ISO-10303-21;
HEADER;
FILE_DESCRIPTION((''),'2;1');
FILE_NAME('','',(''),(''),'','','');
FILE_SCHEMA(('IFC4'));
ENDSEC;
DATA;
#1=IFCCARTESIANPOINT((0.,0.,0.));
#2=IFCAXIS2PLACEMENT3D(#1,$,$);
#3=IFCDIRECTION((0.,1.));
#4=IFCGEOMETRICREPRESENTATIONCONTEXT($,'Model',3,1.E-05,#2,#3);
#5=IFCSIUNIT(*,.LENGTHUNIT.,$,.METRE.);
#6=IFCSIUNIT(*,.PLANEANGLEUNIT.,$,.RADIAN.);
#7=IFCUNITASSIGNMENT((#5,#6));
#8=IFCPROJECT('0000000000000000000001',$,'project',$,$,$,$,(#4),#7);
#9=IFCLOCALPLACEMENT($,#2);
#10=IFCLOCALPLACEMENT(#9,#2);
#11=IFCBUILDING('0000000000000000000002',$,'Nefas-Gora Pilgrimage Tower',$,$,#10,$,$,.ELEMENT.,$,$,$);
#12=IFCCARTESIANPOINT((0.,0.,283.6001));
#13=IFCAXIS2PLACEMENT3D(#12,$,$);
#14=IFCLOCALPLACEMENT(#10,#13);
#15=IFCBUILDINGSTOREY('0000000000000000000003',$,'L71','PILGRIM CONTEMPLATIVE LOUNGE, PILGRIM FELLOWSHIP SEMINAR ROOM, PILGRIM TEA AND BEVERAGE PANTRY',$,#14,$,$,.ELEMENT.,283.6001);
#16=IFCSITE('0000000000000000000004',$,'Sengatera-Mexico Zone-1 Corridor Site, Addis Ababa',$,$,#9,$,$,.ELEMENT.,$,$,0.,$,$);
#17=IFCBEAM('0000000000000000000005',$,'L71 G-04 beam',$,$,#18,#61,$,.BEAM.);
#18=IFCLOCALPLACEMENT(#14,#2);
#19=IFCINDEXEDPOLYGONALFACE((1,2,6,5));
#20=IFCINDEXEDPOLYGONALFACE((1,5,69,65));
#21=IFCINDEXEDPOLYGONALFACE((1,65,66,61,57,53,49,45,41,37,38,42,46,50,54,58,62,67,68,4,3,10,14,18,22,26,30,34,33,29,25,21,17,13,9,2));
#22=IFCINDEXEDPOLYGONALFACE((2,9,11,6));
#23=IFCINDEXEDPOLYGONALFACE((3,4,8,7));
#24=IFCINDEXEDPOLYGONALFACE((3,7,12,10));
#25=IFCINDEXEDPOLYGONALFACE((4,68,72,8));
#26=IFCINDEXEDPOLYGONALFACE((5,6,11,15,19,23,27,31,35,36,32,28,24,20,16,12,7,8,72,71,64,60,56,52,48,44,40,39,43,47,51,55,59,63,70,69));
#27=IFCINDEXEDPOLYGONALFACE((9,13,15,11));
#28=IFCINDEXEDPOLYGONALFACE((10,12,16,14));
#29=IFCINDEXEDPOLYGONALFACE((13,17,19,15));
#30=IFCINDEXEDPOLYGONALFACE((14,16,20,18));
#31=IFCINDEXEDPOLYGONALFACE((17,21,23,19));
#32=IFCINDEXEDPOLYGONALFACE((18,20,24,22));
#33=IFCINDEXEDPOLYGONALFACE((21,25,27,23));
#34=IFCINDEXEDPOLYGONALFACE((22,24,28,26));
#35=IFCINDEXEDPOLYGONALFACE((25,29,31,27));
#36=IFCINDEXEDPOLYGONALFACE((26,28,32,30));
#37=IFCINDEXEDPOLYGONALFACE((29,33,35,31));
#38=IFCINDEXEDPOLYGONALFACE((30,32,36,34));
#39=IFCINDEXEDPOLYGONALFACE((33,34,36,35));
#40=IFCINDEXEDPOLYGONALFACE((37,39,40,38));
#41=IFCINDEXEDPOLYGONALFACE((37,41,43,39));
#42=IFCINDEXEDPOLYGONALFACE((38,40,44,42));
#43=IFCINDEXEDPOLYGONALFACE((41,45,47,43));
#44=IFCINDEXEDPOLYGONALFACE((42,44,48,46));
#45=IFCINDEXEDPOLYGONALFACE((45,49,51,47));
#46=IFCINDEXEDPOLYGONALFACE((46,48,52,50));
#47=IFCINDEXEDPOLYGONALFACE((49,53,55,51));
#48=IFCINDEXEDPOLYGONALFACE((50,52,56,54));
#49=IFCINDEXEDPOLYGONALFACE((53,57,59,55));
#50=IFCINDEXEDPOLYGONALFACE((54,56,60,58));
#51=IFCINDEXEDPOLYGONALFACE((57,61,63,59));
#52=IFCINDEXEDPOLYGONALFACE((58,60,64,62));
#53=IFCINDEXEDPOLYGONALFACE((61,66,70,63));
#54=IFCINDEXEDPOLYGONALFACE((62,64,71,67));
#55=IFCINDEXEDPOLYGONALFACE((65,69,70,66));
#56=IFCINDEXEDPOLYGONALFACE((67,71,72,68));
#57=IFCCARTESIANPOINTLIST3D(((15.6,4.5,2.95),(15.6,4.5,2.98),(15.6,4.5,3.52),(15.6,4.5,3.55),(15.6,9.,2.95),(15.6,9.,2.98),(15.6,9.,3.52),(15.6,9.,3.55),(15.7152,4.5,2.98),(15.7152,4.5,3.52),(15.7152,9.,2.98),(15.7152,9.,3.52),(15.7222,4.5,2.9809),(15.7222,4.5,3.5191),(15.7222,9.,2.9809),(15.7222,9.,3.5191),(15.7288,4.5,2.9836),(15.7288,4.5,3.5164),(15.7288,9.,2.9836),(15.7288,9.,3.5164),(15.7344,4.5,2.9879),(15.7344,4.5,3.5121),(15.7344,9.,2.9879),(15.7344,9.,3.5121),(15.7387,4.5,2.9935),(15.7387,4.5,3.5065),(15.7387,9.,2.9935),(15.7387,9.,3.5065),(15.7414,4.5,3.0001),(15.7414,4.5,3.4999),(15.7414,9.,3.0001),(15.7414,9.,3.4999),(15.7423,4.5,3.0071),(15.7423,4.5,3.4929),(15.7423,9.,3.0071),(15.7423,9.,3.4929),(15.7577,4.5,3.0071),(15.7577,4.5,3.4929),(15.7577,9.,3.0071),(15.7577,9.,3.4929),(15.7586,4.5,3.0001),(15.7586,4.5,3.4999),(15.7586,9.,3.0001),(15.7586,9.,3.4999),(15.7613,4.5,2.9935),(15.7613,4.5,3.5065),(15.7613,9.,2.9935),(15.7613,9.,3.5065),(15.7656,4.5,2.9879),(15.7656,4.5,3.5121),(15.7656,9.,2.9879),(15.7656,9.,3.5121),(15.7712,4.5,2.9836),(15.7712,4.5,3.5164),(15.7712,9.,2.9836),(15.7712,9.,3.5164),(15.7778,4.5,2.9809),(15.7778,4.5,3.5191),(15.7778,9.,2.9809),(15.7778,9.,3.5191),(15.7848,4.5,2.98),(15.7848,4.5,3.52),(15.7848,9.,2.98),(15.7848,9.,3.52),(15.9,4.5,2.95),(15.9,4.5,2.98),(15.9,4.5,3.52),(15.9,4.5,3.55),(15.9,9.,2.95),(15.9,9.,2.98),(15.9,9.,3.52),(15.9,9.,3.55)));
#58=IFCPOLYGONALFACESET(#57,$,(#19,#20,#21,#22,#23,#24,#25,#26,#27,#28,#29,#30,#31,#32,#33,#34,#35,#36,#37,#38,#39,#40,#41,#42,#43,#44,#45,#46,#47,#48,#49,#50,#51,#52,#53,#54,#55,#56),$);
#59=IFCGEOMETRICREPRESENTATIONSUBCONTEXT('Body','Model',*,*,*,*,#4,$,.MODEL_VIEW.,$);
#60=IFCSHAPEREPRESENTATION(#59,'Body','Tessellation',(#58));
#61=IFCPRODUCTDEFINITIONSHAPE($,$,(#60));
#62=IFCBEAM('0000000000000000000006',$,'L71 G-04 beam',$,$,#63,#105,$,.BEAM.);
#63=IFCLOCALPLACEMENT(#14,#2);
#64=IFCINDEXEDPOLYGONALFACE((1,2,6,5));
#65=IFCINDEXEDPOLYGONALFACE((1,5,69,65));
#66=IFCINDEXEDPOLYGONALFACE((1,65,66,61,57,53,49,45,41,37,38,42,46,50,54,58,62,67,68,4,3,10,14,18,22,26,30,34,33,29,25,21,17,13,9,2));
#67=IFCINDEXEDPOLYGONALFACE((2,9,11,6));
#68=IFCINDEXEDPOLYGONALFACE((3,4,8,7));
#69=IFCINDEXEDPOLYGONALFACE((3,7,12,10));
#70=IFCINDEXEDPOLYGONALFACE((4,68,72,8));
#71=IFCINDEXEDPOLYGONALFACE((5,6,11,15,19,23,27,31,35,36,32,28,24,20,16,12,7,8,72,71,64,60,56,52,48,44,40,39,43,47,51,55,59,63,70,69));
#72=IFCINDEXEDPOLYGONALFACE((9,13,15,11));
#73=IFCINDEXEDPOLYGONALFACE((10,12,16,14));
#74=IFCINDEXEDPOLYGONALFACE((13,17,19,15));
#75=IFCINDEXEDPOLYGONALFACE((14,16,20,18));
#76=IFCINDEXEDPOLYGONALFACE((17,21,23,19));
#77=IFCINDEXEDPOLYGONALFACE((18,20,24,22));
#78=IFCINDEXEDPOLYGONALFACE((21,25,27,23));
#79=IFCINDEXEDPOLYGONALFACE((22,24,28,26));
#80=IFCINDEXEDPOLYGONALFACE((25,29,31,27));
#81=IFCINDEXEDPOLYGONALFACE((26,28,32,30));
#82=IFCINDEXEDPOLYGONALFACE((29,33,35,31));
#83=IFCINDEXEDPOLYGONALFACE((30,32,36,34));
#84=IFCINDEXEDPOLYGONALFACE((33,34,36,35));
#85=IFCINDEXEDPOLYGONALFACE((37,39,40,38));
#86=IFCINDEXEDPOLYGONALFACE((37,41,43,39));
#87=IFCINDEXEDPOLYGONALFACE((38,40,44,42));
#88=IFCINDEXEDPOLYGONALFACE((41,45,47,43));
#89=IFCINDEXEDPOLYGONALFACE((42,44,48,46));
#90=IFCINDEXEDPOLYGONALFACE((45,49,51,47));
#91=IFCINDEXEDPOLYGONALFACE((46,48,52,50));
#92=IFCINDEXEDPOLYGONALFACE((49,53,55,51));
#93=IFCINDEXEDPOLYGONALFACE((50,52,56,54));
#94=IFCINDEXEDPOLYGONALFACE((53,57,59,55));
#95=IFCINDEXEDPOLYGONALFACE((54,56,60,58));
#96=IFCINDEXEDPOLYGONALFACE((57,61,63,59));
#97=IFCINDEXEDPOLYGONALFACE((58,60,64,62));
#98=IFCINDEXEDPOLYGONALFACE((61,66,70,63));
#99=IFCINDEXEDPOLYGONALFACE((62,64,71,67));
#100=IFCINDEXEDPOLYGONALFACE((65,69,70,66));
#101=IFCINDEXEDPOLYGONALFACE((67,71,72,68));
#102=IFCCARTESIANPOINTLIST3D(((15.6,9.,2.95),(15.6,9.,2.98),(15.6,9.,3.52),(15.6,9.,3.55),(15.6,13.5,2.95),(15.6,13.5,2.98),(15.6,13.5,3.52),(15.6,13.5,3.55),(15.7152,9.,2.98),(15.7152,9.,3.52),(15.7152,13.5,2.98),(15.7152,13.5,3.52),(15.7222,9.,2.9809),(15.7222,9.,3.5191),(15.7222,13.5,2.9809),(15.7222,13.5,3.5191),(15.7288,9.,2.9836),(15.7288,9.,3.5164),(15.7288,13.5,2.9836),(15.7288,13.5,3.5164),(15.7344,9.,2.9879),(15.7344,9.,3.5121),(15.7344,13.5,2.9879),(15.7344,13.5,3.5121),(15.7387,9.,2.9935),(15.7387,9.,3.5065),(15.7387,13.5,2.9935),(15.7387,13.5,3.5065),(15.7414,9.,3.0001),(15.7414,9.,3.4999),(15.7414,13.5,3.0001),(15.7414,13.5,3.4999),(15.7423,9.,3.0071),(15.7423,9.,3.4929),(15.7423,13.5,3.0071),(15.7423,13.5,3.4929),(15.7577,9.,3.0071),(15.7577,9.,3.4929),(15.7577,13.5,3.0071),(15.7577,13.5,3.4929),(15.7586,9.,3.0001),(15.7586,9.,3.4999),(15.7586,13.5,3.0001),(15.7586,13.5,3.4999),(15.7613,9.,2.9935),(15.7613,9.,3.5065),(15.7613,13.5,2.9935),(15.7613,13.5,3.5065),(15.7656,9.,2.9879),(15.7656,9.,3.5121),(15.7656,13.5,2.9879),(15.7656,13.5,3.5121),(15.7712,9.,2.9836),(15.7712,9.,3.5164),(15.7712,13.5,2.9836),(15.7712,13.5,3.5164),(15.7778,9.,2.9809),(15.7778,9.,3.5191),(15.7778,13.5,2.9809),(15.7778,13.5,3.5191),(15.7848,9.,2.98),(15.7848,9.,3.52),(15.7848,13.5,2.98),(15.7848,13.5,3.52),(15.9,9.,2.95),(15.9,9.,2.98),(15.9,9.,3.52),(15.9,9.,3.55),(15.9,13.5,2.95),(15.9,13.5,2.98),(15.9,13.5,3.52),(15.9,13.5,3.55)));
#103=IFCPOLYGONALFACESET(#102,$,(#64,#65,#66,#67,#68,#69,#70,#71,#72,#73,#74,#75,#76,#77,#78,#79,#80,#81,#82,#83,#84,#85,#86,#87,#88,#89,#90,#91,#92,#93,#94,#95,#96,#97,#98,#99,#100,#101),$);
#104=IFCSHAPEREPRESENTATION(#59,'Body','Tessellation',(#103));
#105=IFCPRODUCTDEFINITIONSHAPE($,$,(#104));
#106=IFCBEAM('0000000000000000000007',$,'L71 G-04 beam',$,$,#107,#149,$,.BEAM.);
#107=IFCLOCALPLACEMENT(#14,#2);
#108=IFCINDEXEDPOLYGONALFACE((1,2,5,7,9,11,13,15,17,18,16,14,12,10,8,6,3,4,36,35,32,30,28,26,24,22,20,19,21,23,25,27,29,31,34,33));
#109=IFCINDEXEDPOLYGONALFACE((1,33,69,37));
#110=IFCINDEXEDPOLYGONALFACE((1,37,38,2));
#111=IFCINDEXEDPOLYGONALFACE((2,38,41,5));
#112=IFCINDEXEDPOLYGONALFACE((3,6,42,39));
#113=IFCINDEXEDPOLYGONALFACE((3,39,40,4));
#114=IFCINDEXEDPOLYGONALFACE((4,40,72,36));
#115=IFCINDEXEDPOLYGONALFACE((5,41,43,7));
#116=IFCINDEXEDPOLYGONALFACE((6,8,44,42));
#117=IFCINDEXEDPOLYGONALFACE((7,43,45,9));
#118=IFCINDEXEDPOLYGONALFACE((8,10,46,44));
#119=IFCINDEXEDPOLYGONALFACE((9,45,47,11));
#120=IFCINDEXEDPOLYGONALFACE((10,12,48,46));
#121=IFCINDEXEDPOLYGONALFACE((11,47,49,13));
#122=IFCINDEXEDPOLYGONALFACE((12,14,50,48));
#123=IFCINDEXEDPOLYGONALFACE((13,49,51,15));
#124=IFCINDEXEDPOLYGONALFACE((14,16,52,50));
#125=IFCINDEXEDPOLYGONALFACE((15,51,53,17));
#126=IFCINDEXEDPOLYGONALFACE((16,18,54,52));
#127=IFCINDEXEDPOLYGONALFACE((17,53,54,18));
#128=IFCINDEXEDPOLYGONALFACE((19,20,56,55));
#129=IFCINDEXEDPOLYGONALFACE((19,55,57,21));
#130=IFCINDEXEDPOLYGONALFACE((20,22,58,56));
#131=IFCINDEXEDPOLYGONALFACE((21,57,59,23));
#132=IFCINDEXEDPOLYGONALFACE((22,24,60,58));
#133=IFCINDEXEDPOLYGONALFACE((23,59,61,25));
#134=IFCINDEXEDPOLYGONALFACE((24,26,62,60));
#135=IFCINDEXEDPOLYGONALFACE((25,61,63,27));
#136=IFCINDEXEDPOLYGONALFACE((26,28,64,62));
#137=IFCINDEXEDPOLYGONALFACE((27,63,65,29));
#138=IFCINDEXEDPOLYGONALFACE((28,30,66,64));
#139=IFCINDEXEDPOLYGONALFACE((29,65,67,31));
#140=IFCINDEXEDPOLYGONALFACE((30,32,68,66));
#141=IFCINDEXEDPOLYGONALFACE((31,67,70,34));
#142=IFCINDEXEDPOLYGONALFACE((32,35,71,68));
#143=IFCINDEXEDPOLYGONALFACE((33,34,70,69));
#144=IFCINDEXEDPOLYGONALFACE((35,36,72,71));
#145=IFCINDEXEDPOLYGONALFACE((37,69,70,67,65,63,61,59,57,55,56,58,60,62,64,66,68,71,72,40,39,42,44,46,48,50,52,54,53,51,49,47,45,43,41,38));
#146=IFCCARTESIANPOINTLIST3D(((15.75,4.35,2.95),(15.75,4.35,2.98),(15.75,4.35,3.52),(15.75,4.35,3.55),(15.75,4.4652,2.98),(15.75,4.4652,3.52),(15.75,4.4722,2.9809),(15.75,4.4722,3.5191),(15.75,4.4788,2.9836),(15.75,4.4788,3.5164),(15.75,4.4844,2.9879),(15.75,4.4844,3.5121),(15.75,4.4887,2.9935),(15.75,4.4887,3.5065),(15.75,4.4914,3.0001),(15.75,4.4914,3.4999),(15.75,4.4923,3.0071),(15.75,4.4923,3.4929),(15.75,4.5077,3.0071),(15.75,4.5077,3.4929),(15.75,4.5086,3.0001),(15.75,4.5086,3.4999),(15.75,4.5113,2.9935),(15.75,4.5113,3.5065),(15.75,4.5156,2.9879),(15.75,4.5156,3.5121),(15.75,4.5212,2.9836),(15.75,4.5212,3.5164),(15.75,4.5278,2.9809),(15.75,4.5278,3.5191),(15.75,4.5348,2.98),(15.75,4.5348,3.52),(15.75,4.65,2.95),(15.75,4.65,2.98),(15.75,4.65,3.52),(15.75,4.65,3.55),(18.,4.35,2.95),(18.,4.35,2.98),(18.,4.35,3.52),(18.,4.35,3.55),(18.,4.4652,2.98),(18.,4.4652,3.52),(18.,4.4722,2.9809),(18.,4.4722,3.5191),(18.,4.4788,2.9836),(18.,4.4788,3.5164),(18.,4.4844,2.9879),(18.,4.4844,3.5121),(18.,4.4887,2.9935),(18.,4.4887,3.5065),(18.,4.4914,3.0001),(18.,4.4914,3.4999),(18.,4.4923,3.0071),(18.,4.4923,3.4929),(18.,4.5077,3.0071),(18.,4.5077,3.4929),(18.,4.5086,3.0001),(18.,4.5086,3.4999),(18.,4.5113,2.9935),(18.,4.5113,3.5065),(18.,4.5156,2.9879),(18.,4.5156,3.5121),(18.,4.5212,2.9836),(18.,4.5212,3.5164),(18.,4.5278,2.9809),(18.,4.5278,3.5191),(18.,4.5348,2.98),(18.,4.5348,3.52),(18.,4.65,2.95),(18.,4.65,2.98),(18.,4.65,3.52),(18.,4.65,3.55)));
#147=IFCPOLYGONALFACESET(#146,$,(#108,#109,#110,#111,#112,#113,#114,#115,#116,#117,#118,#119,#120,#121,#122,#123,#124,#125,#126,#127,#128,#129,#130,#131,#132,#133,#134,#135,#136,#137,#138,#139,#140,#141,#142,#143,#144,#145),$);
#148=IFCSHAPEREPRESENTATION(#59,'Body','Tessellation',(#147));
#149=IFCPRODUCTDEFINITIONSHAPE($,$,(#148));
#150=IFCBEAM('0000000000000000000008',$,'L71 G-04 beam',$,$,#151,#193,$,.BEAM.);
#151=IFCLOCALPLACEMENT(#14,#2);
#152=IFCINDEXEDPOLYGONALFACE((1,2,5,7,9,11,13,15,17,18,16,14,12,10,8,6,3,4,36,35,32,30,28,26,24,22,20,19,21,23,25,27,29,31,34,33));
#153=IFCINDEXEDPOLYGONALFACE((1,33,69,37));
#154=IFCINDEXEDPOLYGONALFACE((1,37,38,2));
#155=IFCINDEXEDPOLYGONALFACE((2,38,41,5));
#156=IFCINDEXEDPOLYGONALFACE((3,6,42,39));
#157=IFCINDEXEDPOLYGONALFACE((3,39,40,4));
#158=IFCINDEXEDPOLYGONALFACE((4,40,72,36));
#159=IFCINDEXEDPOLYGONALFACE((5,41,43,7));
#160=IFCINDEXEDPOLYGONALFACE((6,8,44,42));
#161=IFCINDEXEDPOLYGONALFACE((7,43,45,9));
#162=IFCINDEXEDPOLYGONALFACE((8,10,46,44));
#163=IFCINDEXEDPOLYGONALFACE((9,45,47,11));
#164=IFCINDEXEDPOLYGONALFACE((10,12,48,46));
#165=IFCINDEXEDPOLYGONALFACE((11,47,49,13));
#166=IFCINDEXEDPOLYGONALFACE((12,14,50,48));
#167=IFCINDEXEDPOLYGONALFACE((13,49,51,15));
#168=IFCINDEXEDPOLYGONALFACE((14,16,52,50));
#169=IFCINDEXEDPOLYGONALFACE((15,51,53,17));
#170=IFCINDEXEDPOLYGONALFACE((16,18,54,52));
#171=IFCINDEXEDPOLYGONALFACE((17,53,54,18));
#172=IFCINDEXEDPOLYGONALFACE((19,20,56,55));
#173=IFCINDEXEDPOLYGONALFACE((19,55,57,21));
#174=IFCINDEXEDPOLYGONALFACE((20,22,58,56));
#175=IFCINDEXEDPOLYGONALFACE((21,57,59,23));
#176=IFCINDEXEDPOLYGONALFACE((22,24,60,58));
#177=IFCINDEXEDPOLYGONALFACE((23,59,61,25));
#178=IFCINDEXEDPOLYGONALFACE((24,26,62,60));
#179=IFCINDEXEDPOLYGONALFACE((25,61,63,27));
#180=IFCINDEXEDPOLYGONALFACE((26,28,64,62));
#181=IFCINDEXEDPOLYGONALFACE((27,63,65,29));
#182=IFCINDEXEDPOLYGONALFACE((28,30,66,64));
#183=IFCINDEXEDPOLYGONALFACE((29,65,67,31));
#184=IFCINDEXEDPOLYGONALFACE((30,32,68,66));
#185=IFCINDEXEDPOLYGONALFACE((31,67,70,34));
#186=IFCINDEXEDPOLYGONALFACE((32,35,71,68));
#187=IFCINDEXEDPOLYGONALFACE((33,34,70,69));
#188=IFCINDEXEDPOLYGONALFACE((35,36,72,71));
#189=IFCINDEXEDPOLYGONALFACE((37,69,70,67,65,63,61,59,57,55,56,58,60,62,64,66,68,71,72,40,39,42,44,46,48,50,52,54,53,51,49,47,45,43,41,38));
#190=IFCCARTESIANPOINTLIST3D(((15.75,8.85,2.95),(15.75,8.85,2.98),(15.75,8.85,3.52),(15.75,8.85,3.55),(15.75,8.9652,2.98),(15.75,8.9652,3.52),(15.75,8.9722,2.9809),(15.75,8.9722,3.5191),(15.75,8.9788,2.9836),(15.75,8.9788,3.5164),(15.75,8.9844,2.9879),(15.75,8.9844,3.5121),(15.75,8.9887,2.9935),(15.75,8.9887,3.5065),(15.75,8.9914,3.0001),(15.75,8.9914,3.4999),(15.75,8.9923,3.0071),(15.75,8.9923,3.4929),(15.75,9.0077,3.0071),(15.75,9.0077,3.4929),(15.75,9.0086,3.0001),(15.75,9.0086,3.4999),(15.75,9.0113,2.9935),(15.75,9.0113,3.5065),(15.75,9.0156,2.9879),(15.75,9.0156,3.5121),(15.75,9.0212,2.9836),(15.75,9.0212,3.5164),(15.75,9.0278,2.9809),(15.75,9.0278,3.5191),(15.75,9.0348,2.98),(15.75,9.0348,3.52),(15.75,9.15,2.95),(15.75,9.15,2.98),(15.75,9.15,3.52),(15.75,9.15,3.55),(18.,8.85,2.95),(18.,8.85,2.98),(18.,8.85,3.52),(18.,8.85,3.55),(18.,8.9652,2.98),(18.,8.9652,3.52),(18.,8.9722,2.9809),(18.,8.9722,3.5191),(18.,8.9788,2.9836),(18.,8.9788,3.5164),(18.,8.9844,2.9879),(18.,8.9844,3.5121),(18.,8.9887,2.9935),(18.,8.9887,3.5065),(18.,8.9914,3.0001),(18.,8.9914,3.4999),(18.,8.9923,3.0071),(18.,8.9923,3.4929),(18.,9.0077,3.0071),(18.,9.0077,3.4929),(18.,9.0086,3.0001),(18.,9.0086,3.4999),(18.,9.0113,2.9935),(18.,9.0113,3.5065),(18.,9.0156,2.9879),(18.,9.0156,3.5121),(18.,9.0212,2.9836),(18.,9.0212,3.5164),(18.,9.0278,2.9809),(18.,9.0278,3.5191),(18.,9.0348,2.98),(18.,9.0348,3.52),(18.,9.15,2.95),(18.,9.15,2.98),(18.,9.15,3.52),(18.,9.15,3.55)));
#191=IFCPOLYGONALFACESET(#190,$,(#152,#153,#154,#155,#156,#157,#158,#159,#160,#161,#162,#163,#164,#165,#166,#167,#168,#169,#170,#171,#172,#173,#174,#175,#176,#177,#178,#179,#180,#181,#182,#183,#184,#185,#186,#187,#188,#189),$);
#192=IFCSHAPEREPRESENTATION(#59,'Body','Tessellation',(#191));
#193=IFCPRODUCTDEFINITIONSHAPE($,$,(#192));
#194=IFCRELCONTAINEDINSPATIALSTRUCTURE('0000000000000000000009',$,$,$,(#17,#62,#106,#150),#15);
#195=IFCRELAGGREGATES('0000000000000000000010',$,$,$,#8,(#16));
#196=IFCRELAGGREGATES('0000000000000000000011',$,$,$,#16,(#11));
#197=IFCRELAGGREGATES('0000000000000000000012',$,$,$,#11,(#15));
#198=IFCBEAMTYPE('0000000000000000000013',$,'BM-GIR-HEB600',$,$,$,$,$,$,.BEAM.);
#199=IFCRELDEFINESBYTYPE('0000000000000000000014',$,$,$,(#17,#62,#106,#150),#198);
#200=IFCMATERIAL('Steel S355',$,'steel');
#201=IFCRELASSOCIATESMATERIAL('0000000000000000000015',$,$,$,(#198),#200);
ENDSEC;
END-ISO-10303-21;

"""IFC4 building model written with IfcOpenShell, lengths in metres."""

from ifc_helpers import new_model, si_unit, direction, frame, origin, origin_2d, place, context, subcontext, project, spatial, i_section, extrude, source, transform, mapped, material, material_profile, profile_set, type_object, element, save


model = new_model("IFC4")

# Units and contexts
model_context = context("Model", 3, precision=1e-05, world=origin(), true_north=direction((0.0, 1.0)))
body_context = subcontext(model_context, "Body", "Model", "MODEL_VIEW")
ifc_project = project(units=[si_unit("LENGTHUNIT", "METRE"), si_unit("PLANEANGLEUNIT", "RADIAN")], contexts=[model_context])

# Site, building, storey
site_placement = place(None, origin())
site = spatial("IfcSite", under=ifc_project, at=site_placement, Name="Sengatera-Mexico Zone-1 Corridor Site, Addis Ababa", CompositionType="ELEMENT", RefElevation=0.0)
building_placement = place(site_placement, origin())
building = spatial("IfcBuilding", under=site, at=building_placement, Name="Nefas-Gora Pilgrimage Tower", CompositionType="ELEMENT")
storey_placement = place(building_placement, frame((0.0, 0.0, 283.6001)))
storey = spatial("IfcBuildingStorey", under=building, at=storey_placement, Name="L71", Description="PILGRIM CONTEMPLATIVE LOUNGE, PILGRIM FELLOWSHIP SEMINAR ROOM, PILGRIM TEA AND BEVERAGE PANTRY", CompositionType="ELEMENT", Elevation=283.6001)

# Shared definitions
ifc_material_1 = material(Name="Steel S355", Category="steel")

# Beams
ifc_material_profile_1 = material_profile(ifc_material_1, i_section(OverallWidth=0.3, OverallDepth=0.6001, WebThickness=0.0154, FlangeThickness=0.03, FilletRadius=0.0271, at=origin_2d()), Name="HEB 600")
ifc_profile_set_1 = profile_set([ifc_material_profile_1], Name="Steel S355")
beam_type_1 = type_object("IfcBeamType", Name="BM-GIR-HEB600", PredefinedType="BEAM", material=ifc_profile_set_1)
shared_shape_1 = source(origin(), body_context, "Body", "SweptSolid", [
    extrude(i_section(OverallWidth=0.3, OverallDepth=0.6001, WebThickness=0.0154, FlangeThickness=0.03, FilletRadius=0.0271, at=origin_2d()), origin(), (0.0, 0.0, 1.0), 4.5),
])
for number, where, z_axis, x_axis, name in (
    (1, (15.75, 4.5, 3.25), (0.0, 1.0, 0.0), (-1.0, 0.0, 0.0), "L71 G-04 beam"),
    (2, (15.75, 9.0, 3.25), (0.0, 1.0, 0.0), (-1.0, 0.0, 0.0), "L71 G-04 beam"),
):
    element("IfcBeam", number, at=place(storey_placement, frame(where, z_axis=z_axis, x_axis=x_axis)), inside=storey, type_object=beam_type_1, Name=name, PredefinedType="BEAM", context=body_context, shape_type="MappedRepresentation", body=[
        mapped(shared_shape_1, transform((0.0, 0.0, 0.0), x_axis=(1.0, 0.0, 0.0), y_axis=(0.0, 1.0, 0.0), z_axis=(0.0, 0.0, 1.0), scale=1.0)),
    ])
shared_shape_2 = source(origin(), body_context, "Body", "SweptSolid", [
    extrude(i_section(OverallWidth=0.3, OverallDepth=0.6001, WebThickness=0.0154, FlangeThickness=0.03, FilletRadius=0.0271, at=origin_2d()), origin(), (0.0, 0.0, 1.0), 2.25),
])
for number, where, z_axis, x_axis, name in (
    (3, (15.75, 4.5, 3.25), (1.0, 0.0, 0.0), (0.0, 1.0, 0.0), "L71 G-04 beam"),
    (4, (15.75, 9.0, 3.25), (1.0, 0.0, 0.0), (0.0, 1.0, 0.0), "L71 G-04 beam"),
):
    element("IfcBeam", number, at=place(storey_placement, frame(where, z_axis=z_axis, x_axis=x_axis)), inside=storey, type_object=beam_type_1, Name=name, PredefinedType="BEAM", context=body_context, shape_type="MappedRepresentation", body=[
        mapped(shared_shape_2, transform((0.0, 0.0, 0.0), x_axis=(1.0, 0.0, 0.0), y_axis=(0.0, 1.0, 0.0), z_axis=(0.0, 0.0, 1.0), scale=1.0)),
    ])

save(model, "model.ifc")
